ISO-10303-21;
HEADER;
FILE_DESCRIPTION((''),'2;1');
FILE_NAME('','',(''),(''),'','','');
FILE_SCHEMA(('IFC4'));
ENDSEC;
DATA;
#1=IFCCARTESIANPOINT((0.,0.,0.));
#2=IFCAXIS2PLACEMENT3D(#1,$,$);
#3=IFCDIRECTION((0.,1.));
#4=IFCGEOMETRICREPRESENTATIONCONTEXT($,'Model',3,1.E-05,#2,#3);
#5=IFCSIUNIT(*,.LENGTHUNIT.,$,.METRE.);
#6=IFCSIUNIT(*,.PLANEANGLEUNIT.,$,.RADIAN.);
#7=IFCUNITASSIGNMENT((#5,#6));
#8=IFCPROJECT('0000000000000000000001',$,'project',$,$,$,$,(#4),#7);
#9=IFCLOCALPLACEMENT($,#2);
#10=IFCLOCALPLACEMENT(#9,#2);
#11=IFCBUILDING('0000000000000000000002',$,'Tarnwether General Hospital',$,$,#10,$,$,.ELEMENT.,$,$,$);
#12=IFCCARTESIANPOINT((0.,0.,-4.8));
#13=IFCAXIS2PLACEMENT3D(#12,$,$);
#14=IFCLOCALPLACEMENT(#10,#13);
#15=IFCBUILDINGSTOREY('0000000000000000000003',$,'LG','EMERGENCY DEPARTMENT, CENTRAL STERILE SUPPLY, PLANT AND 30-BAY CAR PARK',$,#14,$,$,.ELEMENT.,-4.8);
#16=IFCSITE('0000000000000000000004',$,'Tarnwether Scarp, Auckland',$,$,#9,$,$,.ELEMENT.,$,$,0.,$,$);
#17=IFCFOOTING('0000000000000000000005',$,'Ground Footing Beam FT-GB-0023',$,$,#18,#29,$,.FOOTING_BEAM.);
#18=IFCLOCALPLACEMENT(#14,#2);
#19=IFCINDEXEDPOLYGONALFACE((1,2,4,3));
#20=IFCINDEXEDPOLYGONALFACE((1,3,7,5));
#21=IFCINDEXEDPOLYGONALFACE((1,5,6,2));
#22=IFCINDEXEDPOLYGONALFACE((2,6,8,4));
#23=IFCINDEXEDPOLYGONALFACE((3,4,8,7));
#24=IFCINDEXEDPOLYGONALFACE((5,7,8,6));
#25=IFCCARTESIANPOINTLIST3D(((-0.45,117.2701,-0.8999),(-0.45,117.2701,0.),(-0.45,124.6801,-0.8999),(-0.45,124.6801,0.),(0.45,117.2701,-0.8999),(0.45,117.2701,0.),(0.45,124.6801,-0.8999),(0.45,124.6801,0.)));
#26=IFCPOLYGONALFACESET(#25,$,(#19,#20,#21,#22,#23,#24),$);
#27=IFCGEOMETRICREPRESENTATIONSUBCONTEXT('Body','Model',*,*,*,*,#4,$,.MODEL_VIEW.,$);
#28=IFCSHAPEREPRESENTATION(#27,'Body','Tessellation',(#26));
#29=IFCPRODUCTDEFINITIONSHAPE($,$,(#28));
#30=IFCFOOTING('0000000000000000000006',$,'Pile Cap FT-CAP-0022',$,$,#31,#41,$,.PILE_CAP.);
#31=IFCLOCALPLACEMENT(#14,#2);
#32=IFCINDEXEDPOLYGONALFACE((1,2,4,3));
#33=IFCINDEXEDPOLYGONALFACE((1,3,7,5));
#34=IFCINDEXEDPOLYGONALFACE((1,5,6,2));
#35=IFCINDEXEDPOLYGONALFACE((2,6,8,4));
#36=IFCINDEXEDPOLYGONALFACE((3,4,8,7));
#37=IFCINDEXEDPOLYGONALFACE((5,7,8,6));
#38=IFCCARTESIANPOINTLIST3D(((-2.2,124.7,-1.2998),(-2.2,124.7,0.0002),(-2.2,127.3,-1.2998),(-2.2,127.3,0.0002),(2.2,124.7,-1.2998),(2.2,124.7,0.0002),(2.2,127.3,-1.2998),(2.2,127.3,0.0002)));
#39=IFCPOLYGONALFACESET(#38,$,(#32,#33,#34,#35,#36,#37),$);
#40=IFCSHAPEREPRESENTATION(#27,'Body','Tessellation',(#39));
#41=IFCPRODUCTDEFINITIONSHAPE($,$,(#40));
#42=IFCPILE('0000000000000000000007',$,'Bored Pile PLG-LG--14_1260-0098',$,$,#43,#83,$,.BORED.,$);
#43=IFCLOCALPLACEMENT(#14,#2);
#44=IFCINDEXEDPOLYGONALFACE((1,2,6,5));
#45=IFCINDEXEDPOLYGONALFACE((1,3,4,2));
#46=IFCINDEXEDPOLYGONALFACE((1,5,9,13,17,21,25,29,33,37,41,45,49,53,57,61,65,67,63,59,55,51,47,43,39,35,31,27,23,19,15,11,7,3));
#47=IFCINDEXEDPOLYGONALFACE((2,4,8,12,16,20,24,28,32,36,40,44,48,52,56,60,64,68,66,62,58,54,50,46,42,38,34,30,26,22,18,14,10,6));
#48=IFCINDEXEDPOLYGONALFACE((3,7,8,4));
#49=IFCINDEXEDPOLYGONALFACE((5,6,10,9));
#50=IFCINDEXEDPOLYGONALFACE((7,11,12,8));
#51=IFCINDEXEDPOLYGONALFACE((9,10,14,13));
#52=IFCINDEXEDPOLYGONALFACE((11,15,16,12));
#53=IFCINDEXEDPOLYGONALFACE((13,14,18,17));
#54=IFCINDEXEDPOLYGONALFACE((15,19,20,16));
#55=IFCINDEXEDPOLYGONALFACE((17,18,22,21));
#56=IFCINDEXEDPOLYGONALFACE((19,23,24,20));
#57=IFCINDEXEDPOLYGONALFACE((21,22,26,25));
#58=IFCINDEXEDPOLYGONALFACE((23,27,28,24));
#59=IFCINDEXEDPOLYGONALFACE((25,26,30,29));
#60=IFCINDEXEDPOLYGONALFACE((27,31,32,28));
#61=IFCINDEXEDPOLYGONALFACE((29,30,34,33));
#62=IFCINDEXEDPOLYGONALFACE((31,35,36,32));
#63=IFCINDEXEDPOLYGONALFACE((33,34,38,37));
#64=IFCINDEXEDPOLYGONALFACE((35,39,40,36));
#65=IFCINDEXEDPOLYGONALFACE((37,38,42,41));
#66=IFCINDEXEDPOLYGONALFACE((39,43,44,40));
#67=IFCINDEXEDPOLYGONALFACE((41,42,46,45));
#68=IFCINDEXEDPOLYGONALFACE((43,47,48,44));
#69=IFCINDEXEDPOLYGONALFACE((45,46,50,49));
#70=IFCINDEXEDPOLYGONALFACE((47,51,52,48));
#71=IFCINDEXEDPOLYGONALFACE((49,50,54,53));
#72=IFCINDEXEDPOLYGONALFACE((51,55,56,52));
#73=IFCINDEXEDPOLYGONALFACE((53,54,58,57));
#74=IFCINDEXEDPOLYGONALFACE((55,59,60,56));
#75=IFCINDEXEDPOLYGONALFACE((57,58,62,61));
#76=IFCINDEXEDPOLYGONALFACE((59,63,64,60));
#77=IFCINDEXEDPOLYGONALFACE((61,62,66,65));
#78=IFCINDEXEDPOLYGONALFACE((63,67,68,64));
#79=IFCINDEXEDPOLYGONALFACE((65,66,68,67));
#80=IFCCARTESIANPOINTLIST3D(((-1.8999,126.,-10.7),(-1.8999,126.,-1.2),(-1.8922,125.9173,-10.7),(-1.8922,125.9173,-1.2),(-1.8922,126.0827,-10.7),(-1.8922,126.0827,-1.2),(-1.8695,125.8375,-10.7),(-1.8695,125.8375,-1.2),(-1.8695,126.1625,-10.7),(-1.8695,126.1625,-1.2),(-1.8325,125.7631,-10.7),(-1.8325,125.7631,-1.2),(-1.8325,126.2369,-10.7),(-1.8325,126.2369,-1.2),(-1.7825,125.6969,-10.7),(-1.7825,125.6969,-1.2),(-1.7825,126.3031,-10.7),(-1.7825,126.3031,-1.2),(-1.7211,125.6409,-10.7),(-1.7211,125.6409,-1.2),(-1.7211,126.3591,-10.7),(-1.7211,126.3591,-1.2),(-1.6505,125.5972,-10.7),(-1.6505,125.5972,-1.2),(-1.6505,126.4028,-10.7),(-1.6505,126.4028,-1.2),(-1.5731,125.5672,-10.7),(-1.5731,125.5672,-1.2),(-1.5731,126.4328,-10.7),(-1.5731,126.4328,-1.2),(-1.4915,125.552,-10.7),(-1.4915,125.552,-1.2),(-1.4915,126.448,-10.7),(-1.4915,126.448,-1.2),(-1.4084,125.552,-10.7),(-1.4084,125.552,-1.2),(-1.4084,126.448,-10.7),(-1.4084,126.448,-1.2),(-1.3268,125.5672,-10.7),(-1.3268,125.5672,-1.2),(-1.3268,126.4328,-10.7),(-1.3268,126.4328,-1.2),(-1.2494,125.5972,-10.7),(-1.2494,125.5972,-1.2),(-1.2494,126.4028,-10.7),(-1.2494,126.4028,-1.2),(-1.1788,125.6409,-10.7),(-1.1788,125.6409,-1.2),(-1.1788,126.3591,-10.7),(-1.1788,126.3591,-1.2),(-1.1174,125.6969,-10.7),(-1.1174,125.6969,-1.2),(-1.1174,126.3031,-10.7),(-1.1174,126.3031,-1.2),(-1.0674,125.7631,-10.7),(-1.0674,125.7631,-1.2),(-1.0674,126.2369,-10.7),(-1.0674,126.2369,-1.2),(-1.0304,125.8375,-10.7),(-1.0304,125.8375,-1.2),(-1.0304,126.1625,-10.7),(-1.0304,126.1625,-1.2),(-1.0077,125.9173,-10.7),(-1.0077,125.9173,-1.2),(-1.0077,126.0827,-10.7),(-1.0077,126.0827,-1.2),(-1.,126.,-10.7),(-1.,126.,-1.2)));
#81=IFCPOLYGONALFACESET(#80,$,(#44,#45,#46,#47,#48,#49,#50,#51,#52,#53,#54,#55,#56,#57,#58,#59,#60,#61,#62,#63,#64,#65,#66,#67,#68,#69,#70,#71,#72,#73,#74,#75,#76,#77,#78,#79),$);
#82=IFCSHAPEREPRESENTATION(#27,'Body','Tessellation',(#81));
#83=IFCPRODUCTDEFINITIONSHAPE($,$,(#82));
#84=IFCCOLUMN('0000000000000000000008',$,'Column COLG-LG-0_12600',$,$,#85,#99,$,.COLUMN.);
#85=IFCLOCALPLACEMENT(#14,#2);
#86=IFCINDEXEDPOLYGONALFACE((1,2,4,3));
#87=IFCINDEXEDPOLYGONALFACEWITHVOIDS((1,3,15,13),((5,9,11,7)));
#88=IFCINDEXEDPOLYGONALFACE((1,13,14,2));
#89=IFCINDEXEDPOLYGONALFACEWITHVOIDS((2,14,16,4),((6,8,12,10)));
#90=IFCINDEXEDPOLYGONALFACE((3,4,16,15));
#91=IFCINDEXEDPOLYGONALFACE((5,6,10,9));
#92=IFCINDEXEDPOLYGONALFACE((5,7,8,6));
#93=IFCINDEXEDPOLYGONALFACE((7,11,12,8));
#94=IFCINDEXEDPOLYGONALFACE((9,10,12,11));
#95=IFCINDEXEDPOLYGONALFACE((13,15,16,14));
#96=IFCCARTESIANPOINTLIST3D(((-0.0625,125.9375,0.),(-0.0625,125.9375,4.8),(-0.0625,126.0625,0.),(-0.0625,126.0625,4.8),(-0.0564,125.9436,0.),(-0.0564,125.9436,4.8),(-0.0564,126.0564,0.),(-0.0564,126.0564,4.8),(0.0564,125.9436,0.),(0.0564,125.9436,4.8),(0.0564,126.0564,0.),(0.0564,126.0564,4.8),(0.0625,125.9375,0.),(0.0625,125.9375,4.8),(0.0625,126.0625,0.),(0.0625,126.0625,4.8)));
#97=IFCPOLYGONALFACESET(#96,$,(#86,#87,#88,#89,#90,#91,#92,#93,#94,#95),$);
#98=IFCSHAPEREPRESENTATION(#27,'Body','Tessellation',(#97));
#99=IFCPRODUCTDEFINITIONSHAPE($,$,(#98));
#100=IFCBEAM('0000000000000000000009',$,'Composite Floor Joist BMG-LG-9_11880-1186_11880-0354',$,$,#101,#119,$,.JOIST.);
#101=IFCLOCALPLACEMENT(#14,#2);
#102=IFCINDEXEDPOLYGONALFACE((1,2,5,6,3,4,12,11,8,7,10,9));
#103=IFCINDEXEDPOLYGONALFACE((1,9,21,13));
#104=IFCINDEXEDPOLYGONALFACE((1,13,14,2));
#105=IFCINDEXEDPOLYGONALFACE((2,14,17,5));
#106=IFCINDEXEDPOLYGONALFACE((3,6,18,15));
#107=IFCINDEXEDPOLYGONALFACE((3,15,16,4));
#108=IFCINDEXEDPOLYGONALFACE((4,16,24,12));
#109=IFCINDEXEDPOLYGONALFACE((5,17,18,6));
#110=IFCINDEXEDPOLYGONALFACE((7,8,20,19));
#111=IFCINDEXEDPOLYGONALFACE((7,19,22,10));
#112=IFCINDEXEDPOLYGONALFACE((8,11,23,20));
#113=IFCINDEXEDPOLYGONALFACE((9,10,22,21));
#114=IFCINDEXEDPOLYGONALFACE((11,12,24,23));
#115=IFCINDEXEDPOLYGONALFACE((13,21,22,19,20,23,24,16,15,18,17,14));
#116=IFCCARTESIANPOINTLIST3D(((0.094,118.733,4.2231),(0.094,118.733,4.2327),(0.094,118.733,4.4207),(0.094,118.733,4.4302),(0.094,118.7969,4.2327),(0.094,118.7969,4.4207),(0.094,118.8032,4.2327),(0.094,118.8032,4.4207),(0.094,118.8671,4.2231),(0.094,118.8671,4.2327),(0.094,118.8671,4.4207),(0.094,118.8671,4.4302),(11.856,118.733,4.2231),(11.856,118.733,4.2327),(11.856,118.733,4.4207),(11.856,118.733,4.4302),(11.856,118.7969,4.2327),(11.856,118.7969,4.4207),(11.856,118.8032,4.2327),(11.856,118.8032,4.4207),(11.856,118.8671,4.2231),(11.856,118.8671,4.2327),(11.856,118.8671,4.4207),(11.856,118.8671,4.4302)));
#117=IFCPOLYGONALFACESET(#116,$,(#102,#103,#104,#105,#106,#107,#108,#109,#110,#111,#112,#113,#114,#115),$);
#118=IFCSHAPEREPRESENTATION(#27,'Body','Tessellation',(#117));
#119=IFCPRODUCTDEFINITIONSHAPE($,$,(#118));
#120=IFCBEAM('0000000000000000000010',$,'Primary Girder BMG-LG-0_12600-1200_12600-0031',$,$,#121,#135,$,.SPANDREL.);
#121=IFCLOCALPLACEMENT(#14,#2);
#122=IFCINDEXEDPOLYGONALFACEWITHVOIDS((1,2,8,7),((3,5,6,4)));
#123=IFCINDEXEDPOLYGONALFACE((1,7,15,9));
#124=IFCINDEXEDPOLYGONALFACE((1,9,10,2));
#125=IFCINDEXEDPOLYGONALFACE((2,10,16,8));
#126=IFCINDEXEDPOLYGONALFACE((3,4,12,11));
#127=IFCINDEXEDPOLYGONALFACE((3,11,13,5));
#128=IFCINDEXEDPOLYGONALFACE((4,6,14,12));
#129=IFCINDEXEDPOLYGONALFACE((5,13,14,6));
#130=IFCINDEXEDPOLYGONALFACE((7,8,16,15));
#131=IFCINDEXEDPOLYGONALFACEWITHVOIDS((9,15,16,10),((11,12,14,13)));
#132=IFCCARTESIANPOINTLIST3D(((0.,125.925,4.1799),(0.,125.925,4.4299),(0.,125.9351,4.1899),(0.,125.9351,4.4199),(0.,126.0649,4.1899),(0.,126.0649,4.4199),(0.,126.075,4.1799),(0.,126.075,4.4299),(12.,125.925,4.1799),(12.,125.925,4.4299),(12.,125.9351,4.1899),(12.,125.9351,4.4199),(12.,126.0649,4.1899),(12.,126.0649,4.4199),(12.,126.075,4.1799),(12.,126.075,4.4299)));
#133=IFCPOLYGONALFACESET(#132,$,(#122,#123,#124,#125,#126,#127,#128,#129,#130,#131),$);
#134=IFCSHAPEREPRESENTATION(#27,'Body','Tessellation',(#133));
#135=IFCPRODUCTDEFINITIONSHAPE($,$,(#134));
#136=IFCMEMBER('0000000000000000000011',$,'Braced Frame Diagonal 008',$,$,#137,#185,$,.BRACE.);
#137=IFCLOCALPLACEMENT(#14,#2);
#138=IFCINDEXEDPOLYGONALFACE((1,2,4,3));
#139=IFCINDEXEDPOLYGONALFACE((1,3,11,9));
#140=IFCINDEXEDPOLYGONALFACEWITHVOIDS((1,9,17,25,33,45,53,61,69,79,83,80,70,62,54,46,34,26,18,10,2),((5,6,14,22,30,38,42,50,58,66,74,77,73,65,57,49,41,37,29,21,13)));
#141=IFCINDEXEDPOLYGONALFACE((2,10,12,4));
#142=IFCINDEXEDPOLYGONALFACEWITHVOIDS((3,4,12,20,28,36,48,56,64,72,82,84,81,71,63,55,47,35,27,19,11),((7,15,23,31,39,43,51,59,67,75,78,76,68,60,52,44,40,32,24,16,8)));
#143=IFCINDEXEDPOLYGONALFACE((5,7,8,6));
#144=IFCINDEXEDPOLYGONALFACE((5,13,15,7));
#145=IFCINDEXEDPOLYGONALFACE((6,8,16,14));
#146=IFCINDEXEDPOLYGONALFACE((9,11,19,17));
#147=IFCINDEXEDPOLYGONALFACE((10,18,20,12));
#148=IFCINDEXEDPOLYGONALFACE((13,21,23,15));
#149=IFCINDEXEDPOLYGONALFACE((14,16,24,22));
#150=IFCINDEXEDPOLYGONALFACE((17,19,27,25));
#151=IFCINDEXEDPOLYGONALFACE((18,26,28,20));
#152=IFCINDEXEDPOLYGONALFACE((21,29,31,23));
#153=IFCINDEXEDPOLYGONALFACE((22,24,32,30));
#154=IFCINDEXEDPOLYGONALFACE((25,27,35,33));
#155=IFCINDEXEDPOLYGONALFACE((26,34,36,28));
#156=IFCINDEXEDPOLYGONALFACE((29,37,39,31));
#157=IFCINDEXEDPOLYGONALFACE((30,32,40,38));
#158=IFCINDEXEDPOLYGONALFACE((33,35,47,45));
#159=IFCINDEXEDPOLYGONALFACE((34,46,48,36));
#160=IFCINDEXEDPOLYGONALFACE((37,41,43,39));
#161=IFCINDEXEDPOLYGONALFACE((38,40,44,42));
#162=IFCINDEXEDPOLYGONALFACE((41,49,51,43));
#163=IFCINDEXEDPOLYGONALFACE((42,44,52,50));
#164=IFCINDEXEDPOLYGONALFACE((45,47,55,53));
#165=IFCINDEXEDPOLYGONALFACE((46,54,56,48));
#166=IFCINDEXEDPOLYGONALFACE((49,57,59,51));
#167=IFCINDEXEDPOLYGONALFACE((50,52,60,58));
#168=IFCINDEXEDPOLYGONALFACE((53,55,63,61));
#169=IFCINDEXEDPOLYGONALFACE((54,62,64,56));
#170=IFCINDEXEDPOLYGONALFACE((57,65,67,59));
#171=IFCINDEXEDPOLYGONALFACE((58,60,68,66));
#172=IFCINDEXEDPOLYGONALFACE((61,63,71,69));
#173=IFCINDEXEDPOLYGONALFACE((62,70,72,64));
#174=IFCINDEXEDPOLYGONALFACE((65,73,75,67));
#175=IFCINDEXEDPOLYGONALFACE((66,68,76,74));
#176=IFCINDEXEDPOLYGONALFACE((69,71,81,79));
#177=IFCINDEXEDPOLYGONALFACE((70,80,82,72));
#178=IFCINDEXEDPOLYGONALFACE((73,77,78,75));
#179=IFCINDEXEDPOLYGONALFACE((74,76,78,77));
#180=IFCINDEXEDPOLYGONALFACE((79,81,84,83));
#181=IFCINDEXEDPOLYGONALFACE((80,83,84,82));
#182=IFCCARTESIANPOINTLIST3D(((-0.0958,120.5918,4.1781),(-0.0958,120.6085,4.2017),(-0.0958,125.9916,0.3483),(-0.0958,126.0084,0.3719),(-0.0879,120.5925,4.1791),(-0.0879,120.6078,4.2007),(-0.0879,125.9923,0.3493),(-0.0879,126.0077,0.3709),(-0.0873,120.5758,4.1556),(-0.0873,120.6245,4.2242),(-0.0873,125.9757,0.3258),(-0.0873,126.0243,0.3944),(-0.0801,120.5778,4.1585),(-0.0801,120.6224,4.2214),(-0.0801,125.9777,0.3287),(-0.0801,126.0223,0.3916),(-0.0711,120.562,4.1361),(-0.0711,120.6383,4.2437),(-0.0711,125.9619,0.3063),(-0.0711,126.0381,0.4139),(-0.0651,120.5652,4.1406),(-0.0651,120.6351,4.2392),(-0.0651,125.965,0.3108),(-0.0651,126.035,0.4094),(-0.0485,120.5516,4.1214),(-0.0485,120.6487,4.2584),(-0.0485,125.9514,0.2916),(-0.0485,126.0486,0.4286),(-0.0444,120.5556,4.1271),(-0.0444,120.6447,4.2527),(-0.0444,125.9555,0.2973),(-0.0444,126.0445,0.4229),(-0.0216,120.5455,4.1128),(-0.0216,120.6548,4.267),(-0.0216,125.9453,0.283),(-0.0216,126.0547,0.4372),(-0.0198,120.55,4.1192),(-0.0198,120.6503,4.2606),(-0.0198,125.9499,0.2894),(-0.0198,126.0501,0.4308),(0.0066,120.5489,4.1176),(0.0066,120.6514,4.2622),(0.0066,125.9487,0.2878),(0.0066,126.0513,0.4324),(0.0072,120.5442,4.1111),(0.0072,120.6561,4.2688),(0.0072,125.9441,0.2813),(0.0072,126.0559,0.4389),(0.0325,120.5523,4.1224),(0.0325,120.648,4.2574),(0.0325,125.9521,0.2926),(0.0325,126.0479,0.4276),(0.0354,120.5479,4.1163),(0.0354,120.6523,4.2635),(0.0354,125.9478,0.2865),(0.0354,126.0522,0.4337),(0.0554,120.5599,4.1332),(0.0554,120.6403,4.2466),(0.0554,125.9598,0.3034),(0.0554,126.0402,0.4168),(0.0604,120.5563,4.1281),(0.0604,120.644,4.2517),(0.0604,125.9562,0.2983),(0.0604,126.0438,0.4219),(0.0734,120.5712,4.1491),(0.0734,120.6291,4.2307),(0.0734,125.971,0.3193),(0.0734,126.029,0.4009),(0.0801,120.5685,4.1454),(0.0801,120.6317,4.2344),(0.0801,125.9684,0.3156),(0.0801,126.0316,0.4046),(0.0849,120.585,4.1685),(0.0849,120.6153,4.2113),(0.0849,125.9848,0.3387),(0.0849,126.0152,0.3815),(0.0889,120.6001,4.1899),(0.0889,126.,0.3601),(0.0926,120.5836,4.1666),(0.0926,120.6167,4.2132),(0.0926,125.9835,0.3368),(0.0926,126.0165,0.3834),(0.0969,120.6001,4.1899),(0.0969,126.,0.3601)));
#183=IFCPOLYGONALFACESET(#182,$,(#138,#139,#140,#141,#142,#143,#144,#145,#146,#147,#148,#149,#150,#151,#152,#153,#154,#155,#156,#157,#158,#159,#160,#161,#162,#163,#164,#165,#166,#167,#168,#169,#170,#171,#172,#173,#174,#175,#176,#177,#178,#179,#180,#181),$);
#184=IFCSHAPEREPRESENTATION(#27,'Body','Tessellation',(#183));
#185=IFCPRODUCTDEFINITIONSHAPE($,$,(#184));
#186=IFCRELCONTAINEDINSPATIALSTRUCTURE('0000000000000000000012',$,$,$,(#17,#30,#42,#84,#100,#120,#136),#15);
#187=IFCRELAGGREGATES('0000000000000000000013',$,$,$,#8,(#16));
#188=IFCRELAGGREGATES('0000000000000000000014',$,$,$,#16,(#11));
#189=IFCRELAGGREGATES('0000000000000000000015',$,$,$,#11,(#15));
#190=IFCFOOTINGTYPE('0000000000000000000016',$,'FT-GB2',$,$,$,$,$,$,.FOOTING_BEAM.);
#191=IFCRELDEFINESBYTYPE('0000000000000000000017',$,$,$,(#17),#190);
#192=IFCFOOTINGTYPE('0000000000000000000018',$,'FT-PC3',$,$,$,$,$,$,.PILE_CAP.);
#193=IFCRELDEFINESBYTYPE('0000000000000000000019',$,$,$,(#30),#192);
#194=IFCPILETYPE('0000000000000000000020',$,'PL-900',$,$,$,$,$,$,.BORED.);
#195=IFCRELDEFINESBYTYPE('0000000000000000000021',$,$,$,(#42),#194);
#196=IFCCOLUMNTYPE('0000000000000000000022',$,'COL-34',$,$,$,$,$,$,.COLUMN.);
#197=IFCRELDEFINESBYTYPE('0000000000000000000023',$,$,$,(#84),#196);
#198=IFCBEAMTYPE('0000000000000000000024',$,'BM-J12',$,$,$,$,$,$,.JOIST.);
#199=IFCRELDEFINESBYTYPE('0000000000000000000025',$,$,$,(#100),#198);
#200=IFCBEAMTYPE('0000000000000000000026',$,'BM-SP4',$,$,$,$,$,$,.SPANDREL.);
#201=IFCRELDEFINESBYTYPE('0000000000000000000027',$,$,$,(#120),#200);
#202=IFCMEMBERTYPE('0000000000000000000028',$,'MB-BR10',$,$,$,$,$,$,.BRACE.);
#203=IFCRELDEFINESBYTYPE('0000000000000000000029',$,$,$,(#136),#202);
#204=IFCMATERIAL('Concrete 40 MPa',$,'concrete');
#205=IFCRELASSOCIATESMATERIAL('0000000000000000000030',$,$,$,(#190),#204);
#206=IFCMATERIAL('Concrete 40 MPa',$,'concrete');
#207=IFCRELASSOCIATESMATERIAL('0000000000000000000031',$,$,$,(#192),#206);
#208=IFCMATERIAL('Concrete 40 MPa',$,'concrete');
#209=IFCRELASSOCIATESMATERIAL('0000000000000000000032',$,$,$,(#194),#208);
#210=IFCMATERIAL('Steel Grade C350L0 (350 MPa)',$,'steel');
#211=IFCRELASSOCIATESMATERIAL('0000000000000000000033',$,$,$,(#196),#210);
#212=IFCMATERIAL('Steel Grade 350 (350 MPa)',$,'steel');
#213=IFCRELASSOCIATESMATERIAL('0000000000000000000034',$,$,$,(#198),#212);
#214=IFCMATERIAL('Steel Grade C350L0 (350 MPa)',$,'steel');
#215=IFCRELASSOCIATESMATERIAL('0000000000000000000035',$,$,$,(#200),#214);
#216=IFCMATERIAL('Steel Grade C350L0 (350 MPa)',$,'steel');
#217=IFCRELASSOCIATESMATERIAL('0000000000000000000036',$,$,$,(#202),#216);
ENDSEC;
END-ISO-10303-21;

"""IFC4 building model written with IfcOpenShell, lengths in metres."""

from ifc_helpers import new_model, si_unit, direction, frame, origin, origin_2d, place, context, subcontext, project, spatial, rectangle, hollow_rectangle, circle, hollow_circle, i_section, extrude, material, material_profile, profile_set, type_object, element, save


model = new_model("IFC4")

# Units and contexts
model_context = context("Model", 3, precision=1e-05, world=origin(), true_north=direction((0.0, 1.0)))
body_context = subcontext(model_context, "Body", "Model", "MODEL_VIEW")
ifc_project = project(units=[si_unit("LENGTHUNIT", "METRE"), si_unit("PLANEANGLEUNIT", "RADIAN")], contexts=[model_context])

# Site, building, storey
site_placement = place(None, origin())
site = spatial("IfcSite", under=ifc_project, at=site_placement, Name="Tarnwether Scarp, Auckland", CompositionType="ELEMENT", RefElevation=0.0)
building_placement = place(site_placement, origin())
building = spatial("IfcBuilding", under=site, at=building_placement, Name="Tarnwether General Hospital", CompositionType="ELEMENT")
storey_placement = place(building_placement, frame((0.0, 0.0, -4.8)))
storey = spatial("IfcBuildingStorey", under=building, at=storey_placement, Name="LG", Description="EMERGENCY DEPARTMENT, CENTRAL STERILE SUPPLY, PLANT AND 30-BAY CAR PARK", CompositionType="ELEMENT", Elevation=-4.8)

# Footings
ifc_material_1 = material(Name="Concrete 40 MPa", Category="concrete")
footing_type_1 = type_object("IfcFootingType", Name="FT-GB2", PredefinedType="FOOTING_BEAM", material=ifc_material_1)
footing_1_placement = place(storey_placement, frame((0.0, 120.9751, -0.8999), z_axis=(0.0, 0.0, 1.0), x_axis=(0.0, 1.0, 0.0)))
element("IfcFooting", 1, at=footing_1_placement, inside=storey, type_object=footing_type_1, Name="Ground Footing Beam FT-GB-0023", PredefinedType="FOOTING_BEAM", context=body_context, shape_type="SweptSolid", body=[
    extrude(rectangle(XDim=7.4099, YDim=0.8999, at=origin_2d()), origin(), (0.0, 0.0, 1.0), 0.8999),
])
ifc_material_2 = material(Name="Concrete 40 MPa", Category="concrete")
footing_type_2 = type_object("IfcFootingType", Name="FT-PC3", PredefinedType="PILE_CAP", material=ifc_material_2)
footing_2_placement = place(storey_placement, frame((0.0, 126.0, -1.2998), z_axis=(0.0, 0.0, 1.0), x_axis=(1.0, 0.0, 0.0)))
element("IfcFooting", 2, at=footing_2_placement, inside=storey, type_object=footing_type_2, Name="Pile Cap FT-CAP-0022", PredefinedType="PILE_CAP", context=body_context, shape_type="SweptSolid", body=[
    extrude(rectangle(XDim=4.3999, YDim=2.6001, at=origin_2d()), origin(), (0.0, 0.0, 1.0), 1.3),
])

# Pile
ifc_material_3 = material(Name="Concrete 40 MPa", Category="concrete")
ifc_material_profile_1 = material_profile(ifc_material_3, circle(Radius=0.45, at=origin_2d()), Name="PILE-D900")
ifc_profile_set_1 = profile_set([ifc_material_profile_1], Name="Concrete 40 MPa")
pile_type = type_object("IfcPileType", Name="PL-900", PredefinedType="BORED", material=ifc_profile_set_1)
pile_placement = place(storey_placement, frame((-1.45, 126.0, -1.2), z_axis=(0.0, 0.0, -1.0), x_axis=(1.0, 0.0, 0.0)))
element("IfcPile", 3, at=pile_placement, inside=storey, type_object=pile_type, Name="Bored Pile PLG-LG--14_1260-0098", PredefinedType="BORED", context=body_context, shape_type="SweptSolid", body=[
    extrude(circle(Radius=0.45, at=origin_2d()), origin(), (0.0, 0.0, 1.0), 9.5),
])

# Column
ifc_material_4 = material(Name="Steel Grade C350L0 (350 MPa)", Category="steel")
ifc_material_profile_2 = material_profile(ifc_material_4, hollow_rectangle(XDim=0.125, YDim=0.125, WallThickness=0.0061, at=origin_2d()), Name="SHS125x125x6")
ifc_profile_set_2 = profile_set([ifc_material_profile_2], Name="Steel Grade C350L0 (350 MPa)")
column_type = type_object("IfcColumnType", Name="COL-34", PredefinedType="COLUMN", material=ifc_profile_set_2)
column_placement = place(storey_placement, frame((0.0, 126.0, 0.0), z_axis=(0.0, 0.0, 1.0), x_axis=(1.0, 0.0, 0.0)))
element("IfcColumn", 4, at=column_placement, inside=storey, type_object=column_type, Name="Column COLG-LG-0_12600", PredefinedType="COLUMN", context=body_context, shape_type="SweptSolid", body=[
    extrude(hollow_rectangle(XDim=0.125, YDim=0.125, WallThickness=0.0061, at=origin_2d()), origin(), (0.0, 0.0, 1.0), 4.8),
])

# Beams
ifc_material_5 = material(Name="Steel Grade 350 (350 MPa)", Category="steel")
ifc_material_profile_3 = material_profile(ifc_material_5, i_section(OverallWidth=0.134, OverallDepth=0.207, WebThickness=0.0063, FlangeThickness=0.0095, at=origin_2d()), Name="200UB29.8")
ifc_profile_set_3 = profile_set([ifc_material_profile_3], Name="Steel Grade 350 (350 MPa)")
beam_type_1 = type_object("IfcBeamType", Name="BM-J12", PredefinedType="JOIST", material=ifc_profile_set_3)
beam_1_placement = place(storey_placement, frame((0.094, 118.8, 4.3267), z_axis=(1.0, 0.0, 0.0), x_axis=(0.0, 1.0, 0.0)))
element("IfcBeam", 5, at=beam_1_placement, inside=storey, type_object=beam_type_1, Name="Composite Floor Joist BMG-LG-9_11880-1186_11880-0354", PredefinedType="JOIST", context=body_context, shape_type="SweptSolid", body=[
    extrude(i_section(OverallWidth=0.134, OverallDepth=0.207, WebThickness=0.0063, FlangeThickness=0.0095, at=origin_2d()), origin(), (0.0, 0.0, 1.0), 11.762),
])
ifc_material_6 = material(Name="Steel Grade C350L0 (350 MPa)", Category="steel")
ifc_material_profile_4 = material_profile(ifc_material_6, hollow_rectangle(XDim=0.1499, YDim=0.25, WallThickness=0.01, at=origin_2d()), Name="RHS250x150x10")
ifc_profile_set_4 = profile_set([ifc_material_profile_4], Name="Steel Grade C350L0 (350 MPa)")
beam_type_2 = type_object("IfcBeamType", Name="BM-SP4", PredefinedType="SPANDREL", material=ifc_profile_set_4)
beam_2_placement = place(storey_placement, frame((0.0, 126.0, 4.3049), z_axis=(1.0, 0.0, 0.0), x_axis=(0.0, 1.0, 0.0)))
element("IfcBeam", 6, at=beam_2_placement, inside=storey, type_object=beam_type_2, Name="Primary Girder BMG-LG-0_12600-1200_12600-0031", PredefinedType="SPANDREL", context=body_context, shape_type="SweptSolid", body=[
    extrude(hollow_rectangle(XDim=0.1499, YDim=0.25, WallThickness=0.01, at=origin_2d()), origin(), (0.0, 0.0, 1.0), 12.0),
])

# Member
ifc_material_7 = material(Name="Steel Grade C350L0 (350 MPa)", Category="steel")
ifc_material_profile_5 = material_profile(ifc_material_7, hollow_circle(Radius=0.0969, WallThickness=0.0081, at=origin_2d()), Name="CHS193.7x8.0")
ifc_profile_set_5 = profile_set([ifc_material_profile_5], Name="Steel Grade C350L0 (350 MPa)")
member_type_1 = type_object("IfcMemberType", Name="MB-BR10", PredefinedType="BRACE", material=ifc_profile_set_5)
member_1_placement = place(storey_placement, frame((0.0, 126.0, 0.3601), z_axis=(0.0, -0.815675, 0.57851), x_axis=(1.0, 0.0, 0.0)))
element("IfcMember", 7, at=member_1_placement, inside=storey, type_object=member_type_1, Name="Braced Frame Diagonal 008", PredefinedType="BRACE", context=body_context, shape_type="SweptSolid", body=[
    extrude(hollow_circle(Radius=0.0969, WallThickness=0.0081, at=origin_2d()), origin(), (0.0, 0.0, 1.0), 6.6201),
])

save(model, "model.ifc")
